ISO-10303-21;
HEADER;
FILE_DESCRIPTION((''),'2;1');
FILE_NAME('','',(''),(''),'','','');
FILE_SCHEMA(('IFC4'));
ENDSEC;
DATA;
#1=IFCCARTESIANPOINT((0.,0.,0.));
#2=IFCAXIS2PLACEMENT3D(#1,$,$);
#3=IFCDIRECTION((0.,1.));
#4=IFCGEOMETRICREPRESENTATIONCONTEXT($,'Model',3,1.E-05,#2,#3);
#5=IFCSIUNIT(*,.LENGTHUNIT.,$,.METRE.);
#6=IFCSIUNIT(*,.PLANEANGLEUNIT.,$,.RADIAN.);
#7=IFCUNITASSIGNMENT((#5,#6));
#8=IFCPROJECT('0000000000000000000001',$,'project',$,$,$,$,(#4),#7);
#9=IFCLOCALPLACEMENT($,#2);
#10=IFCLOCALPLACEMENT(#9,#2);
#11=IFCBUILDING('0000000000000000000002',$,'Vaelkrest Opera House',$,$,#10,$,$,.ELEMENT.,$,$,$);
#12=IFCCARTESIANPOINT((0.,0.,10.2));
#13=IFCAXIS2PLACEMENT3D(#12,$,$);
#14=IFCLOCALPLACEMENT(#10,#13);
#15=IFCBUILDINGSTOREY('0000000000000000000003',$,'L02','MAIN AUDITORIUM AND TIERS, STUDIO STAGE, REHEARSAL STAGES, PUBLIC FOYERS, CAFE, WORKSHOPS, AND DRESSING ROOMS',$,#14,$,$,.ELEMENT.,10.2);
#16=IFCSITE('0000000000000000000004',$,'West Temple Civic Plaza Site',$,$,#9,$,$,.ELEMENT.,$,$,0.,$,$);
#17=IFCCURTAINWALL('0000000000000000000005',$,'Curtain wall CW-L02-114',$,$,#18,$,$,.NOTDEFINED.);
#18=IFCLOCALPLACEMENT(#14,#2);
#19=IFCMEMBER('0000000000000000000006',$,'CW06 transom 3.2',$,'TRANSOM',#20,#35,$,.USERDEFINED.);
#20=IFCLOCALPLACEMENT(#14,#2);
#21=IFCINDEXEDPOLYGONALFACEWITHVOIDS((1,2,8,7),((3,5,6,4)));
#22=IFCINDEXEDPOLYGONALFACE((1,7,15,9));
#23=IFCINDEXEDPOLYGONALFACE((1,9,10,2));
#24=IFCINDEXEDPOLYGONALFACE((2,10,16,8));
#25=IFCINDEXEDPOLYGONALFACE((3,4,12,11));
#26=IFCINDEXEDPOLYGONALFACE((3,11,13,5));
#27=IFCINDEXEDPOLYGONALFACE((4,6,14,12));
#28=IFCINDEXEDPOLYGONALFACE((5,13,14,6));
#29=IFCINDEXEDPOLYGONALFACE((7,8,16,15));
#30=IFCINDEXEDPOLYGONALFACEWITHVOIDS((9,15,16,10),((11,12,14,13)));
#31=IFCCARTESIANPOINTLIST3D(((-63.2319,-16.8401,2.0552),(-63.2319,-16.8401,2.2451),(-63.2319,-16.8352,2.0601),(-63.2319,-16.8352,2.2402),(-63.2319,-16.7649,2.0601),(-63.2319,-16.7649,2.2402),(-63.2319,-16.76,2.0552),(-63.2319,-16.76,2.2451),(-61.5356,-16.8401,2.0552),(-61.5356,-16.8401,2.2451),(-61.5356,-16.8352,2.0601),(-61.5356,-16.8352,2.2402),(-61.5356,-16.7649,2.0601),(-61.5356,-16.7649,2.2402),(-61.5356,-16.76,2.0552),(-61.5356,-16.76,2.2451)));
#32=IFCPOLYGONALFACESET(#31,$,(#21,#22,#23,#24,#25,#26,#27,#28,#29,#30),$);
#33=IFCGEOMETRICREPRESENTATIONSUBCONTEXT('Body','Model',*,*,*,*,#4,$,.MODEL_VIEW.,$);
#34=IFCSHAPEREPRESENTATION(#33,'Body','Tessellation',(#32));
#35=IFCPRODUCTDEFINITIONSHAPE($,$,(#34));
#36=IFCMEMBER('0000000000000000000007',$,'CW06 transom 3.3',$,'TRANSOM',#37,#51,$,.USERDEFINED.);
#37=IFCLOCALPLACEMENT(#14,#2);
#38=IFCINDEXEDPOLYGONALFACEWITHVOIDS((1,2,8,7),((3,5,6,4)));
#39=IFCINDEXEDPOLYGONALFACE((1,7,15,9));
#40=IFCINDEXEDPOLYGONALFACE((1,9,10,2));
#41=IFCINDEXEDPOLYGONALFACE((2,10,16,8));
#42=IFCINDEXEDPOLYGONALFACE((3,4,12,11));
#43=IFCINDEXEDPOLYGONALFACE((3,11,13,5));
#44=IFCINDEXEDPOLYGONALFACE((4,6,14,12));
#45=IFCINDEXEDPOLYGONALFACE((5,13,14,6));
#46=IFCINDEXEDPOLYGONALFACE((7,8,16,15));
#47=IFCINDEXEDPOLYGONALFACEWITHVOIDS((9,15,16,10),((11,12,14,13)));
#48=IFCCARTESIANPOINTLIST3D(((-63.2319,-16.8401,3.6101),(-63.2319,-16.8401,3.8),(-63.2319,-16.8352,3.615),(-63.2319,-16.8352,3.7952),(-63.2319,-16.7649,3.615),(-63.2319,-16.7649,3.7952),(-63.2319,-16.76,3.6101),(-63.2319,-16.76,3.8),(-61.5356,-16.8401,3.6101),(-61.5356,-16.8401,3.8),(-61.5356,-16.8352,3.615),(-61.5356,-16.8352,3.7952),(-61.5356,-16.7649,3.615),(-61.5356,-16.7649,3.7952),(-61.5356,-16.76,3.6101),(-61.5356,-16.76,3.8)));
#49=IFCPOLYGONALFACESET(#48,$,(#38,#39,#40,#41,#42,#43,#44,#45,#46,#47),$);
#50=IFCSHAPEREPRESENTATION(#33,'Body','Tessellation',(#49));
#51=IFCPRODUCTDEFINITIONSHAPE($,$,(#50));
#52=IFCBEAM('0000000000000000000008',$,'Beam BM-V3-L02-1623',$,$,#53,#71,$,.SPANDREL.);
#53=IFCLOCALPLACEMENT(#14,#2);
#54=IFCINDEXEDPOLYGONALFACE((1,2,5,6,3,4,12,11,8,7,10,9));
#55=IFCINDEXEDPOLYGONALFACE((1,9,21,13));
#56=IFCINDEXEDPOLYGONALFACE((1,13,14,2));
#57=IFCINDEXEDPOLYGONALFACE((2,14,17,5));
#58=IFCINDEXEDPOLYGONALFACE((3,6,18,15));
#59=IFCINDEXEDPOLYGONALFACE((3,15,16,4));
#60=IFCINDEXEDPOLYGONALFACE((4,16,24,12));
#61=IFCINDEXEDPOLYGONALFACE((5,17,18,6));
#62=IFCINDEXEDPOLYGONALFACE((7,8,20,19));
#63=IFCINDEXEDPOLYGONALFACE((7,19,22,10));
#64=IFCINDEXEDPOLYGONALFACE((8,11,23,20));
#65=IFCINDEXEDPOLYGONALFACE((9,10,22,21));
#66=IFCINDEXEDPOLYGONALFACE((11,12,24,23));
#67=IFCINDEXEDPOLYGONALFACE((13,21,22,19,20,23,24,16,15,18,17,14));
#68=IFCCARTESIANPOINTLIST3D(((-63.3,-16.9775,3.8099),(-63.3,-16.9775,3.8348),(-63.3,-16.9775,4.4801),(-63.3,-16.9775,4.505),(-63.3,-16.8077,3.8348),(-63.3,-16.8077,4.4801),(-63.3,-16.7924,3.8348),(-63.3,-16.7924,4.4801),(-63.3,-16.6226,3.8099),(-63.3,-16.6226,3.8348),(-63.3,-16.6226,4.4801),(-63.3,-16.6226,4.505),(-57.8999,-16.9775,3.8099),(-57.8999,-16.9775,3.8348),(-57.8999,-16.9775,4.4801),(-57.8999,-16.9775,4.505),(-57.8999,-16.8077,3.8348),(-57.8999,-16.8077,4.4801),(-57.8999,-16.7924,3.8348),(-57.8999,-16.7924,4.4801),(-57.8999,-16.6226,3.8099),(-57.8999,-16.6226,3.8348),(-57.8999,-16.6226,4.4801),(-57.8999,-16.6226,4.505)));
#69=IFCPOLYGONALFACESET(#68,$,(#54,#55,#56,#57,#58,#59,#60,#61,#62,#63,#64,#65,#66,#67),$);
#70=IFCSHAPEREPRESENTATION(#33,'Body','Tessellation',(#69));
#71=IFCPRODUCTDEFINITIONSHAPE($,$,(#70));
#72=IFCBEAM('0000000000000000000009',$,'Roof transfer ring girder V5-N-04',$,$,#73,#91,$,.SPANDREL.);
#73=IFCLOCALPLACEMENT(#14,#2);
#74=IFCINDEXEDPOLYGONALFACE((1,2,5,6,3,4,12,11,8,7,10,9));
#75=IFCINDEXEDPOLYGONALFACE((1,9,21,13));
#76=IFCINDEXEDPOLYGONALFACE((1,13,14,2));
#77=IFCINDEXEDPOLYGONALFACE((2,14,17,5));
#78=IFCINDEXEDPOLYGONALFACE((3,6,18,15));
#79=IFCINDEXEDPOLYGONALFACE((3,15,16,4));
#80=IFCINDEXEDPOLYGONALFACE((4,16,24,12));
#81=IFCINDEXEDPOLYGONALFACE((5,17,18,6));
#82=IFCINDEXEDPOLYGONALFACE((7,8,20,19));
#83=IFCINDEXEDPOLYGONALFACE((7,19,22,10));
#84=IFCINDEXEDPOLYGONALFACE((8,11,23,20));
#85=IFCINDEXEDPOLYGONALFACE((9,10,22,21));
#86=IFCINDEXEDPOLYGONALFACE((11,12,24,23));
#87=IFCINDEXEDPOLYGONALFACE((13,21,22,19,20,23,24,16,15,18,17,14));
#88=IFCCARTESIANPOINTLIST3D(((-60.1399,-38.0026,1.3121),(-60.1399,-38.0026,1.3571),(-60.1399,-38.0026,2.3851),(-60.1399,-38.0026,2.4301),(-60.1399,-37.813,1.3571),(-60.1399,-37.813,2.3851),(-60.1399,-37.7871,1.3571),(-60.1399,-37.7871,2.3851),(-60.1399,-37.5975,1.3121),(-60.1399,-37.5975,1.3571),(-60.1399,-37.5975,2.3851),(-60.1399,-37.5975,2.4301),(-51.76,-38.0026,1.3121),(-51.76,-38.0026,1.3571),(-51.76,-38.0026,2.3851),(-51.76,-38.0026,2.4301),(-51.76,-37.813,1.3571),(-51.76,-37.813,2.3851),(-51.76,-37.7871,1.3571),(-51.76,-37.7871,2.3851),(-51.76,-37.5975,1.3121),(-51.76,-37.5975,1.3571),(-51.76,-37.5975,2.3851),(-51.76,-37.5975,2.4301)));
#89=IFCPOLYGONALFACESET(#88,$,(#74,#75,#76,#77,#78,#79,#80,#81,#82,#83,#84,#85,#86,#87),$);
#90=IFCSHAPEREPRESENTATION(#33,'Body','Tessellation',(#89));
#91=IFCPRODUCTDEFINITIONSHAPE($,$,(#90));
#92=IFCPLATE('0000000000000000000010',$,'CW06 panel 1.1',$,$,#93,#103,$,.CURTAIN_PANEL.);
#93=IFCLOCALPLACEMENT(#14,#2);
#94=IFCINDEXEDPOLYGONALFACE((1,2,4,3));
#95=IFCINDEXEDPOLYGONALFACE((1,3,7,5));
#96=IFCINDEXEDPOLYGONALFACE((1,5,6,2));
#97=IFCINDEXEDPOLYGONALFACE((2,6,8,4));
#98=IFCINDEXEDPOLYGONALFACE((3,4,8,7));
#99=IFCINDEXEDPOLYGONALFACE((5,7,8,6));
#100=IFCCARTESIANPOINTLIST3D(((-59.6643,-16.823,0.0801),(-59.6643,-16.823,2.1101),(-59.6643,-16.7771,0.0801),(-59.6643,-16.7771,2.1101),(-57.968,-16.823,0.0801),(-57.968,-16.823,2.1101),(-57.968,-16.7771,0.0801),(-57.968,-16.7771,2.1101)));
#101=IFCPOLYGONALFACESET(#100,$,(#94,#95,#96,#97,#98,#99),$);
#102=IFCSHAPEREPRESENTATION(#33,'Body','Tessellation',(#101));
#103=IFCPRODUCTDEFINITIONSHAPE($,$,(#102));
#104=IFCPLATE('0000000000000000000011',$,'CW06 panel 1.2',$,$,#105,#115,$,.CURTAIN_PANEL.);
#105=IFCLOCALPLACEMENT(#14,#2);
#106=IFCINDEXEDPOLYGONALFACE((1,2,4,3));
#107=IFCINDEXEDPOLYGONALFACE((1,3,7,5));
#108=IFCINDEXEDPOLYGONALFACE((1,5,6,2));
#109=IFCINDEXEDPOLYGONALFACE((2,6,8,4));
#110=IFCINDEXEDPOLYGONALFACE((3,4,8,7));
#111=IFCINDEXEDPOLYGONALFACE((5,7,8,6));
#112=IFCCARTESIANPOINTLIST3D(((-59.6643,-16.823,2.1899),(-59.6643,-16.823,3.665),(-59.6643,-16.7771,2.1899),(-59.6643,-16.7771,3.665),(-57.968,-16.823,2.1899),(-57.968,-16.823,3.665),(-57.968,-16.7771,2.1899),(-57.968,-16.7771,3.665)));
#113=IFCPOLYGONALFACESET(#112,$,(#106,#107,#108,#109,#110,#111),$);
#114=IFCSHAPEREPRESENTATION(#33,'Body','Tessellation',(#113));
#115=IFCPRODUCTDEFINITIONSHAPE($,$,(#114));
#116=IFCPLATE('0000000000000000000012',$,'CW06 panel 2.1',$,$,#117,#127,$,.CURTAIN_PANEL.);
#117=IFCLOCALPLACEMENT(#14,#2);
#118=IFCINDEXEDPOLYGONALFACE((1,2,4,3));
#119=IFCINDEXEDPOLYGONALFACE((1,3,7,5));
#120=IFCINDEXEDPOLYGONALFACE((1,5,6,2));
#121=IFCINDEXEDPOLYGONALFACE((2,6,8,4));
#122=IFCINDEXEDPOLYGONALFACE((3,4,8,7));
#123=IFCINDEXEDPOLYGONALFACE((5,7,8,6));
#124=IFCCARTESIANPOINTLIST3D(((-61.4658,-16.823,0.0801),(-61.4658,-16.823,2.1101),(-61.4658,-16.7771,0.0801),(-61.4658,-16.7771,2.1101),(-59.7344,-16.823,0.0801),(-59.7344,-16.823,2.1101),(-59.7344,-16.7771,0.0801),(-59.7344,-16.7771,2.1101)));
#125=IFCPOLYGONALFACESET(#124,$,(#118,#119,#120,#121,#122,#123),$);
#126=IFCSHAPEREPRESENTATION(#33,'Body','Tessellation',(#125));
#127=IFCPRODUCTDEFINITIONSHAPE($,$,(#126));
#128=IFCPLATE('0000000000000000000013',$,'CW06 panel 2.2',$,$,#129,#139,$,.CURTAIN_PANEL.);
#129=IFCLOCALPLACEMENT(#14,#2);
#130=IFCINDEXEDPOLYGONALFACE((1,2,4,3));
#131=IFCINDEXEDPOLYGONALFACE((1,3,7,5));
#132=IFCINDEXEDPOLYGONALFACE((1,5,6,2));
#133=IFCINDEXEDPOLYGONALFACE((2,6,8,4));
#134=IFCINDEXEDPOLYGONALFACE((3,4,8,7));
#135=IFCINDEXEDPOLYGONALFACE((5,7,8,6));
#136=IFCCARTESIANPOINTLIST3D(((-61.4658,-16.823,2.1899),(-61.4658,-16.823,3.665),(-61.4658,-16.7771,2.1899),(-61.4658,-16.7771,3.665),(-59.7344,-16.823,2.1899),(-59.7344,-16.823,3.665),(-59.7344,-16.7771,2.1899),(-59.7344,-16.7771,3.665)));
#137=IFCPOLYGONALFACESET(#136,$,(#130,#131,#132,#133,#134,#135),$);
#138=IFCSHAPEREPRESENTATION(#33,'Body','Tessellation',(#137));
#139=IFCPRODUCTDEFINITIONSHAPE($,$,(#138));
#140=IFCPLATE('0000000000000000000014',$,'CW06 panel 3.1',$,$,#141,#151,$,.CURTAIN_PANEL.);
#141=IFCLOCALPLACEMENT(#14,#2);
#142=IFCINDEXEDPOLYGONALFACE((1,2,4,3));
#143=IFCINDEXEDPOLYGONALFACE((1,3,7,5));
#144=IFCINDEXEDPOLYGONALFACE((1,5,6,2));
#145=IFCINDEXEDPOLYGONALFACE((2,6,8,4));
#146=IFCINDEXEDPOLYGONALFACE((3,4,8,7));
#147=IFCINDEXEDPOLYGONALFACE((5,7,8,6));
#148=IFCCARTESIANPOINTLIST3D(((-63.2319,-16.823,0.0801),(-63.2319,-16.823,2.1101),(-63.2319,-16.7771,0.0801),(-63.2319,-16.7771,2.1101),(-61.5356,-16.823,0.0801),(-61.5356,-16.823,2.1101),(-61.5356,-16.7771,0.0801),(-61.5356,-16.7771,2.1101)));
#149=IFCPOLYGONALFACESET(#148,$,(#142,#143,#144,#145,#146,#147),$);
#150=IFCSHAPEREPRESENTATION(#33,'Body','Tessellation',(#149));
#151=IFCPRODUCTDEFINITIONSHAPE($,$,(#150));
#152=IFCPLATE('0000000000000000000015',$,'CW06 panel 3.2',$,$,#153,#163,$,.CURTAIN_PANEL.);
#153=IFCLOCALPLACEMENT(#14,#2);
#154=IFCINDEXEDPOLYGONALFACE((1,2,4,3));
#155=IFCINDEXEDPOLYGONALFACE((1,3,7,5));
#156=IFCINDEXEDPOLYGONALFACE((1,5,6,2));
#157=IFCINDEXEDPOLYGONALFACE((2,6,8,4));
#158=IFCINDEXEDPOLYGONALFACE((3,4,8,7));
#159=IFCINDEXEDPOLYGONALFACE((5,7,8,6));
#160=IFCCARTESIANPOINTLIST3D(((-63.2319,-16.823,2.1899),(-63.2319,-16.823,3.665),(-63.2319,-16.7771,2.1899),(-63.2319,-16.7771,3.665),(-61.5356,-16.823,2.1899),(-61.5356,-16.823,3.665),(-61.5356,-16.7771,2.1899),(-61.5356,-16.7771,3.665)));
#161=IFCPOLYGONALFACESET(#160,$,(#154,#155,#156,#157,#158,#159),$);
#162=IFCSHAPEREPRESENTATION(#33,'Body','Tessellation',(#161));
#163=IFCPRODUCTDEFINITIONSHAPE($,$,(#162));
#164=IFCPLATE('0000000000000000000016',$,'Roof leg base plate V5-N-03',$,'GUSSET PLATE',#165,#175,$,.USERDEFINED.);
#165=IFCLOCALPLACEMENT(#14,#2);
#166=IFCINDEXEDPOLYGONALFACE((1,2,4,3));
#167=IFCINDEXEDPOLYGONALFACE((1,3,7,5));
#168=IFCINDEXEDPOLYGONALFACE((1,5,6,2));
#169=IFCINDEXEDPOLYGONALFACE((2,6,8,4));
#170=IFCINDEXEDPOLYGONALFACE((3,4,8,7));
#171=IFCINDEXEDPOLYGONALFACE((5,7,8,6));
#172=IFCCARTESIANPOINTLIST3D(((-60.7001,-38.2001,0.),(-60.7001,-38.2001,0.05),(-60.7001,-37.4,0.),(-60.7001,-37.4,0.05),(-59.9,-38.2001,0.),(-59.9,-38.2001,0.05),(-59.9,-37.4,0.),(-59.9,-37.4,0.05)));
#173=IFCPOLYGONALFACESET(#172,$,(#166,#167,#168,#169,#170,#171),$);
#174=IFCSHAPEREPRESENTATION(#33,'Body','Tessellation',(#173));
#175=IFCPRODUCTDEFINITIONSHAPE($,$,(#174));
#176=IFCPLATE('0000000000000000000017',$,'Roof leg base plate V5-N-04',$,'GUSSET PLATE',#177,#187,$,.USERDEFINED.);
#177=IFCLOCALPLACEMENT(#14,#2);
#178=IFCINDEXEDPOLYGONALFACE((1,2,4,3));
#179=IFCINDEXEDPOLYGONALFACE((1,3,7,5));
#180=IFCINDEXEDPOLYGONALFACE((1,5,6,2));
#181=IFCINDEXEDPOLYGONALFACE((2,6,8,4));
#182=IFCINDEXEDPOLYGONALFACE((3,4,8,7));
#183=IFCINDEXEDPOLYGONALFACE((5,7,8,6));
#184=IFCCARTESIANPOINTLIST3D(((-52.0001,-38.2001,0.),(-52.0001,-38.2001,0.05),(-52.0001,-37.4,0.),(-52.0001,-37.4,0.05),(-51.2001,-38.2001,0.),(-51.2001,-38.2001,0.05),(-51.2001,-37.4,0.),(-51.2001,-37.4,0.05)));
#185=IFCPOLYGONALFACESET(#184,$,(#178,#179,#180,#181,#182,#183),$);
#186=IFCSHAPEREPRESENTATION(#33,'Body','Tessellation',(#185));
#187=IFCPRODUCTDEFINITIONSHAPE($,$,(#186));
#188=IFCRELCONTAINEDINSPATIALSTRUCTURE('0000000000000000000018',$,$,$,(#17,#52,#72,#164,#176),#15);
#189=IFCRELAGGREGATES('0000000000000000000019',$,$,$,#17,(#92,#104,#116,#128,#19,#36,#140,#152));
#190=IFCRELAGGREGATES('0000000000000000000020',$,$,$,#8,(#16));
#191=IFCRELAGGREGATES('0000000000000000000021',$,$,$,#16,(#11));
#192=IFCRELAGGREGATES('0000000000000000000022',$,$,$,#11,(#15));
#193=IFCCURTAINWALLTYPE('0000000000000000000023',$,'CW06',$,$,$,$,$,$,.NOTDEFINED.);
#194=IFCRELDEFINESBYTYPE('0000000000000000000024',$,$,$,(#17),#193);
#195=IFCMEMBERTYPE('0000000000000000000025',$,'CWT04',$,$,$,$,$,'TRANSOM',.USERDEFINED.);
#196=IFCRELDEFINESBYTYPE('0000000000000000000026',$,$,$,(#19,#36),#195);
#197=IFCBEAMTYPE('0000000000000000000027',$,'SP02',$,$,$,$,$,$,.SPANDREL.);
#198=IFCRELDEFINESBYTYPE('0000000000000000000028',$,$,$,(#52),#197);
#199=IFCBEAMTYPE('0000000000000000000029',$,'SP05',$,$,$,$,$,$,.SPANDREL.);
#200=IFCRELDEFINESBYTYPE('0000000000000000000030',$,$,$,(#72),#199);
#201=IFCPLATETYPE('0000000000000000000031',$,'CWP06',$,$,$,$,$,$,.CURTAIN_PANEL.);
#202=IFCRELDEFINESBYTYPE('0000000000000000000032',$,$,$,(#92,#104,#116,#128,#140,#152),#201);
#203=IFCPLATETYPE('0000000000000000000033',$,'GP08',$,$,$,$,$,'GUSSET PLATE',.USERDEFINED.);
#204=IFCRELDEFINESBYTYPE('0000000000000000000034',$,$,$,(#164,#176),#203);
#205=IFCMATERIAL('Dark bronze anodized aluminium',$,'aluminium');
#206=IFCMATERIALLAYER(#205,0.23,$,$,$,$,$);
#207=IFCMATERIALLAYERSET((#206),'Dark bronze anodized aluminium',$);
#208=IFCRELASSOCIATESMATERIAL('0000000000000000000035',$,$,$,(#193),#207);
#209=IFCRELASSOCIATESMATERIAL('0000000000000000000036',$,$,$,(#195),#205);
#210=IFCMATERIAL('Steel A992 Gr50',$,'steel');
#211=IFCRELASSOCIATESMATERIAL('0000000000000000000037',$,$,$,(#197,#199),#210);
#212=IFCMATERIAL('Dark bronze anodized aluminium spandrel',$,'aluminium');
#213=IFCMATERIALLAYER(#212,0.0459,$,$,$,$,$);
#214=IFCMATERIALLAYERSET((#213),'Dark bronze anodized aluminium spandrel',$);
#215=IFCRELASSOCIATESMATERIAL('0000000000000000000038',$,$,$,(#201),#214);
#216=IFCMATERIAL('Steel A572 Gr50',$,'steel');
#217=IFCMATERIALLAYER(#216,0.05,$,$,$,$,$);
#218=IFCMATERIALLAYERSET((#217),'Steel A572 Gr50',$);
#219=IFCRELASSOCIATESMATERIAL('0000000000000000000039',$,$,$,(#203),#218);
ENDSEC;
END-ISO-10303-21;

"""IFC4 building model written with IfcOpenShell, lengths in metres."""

from ifc_helpers import new_model, si_unit, direction, frame, origin, origin_2d, place, context, subcontext, project, spatial, rectangle, hollow_rectangle, i_section, extrude, material, layer, layer_set, material_profile, profile_set, type_object, element, aggregate, save


model = new_model("IFC4")

# Units and contexts
model_context = context("Model", 3, precision=1e-05, world=origin(), true_north=direction((0.0, 1.0)))
body_context = subcontext(model_context, "Body", "Model", "MODEL_VIEW")
ifc_project = project(units=[si_unit("LENGTHUNIT", "METRE"), si_unit("PLANEANGLEUNIT", "RADIAN")], contexts=[model_context])

# Site, building, storey
site_placement = place(None, origin())
site = spatial("IfcSite", under=ifc_project, at=site_placement, Name="West Temple Civic Plaza Site", CompositionType="ELEMENT", RefElevation=0.0)
building_placement = place(site_placement, origin())
building = spatial("IfcBuilding", under=site, at=building_placement, Name="Vaelkrest Opera House", CompositionType="ELEMENT")
storey_placement = place(building_placement, frame((0.0, 0.0, 10.2)))
storey = spatial("IfcBuildingStorey", under=building, at=storey_placement, Name="L02", Description="MAIN AUDITORIUM AND TIERS, STUDIO STAGE, REHEARSAL STAGES, PUBLIC FOYERS, CAFE, WORKSHOPS, AND DRESSING ROOMS", CompositionType="ELEMENT", Elevation=10.2)

# Curtain wall, members
ifc_material_1 = material(Name="Dark bronze anodized aluminium", Category="aluminium")
ifc_layer_1 = layer(ifc_material_1, 0.23)
ifc_layer_set_1 = layer_set([ifc_layer_1], Name="Dark bronze anodized aluminium")
curtain_wall_type = type_object("IfcCurtainWallType", Name="CW06", PredefinedType="NOTDEFINED", material=ifc_layer_set_1)
curtain_wall_placement = place(storey_placement, origin())
curtain_wall = element("IfcCurtainWall", 1, at=curtain_wall_placement, inside=storey, type_object=curtain_wall_type, Name="Curtain wall CW-L02-114", PredefinedType="NOTDEFINED")
ifc_material_profile_1 = material_profile(ifc_material_1, hollow_rectangle(XDim=0.0801, YDim=0.1899, WallThickness=0.0049, at=origin_2d()), Name="CWT80X190")
ifc_profile_set_1 = profile_set([ifc_material_profile_1], Name="Dark bronze anodized aluminium")
member_type_1 = type_object("IfcMemberType", Name="CWT04", ElementType="TRANSOM", PredefinedType="USERDEFINED", material=ifc_profile_set_1)
member_1_placement = place(storey_placement, frame((-61.5356, -16.8, 2.1501), z_axis=(-1.0, 0.0, 0.0), x_axis=(0.0, -1.0, 0.0)))
member_1 = element("IfcMember", 2, at=member_1_placement, type_object=member_type_1, Name="CW06 transom 3.2", ObjectType="TRANSOM", PredefinedType="USERDEFINED", context=body_context, shape_type="SweptSolid", body=[
    extrude(hollow_rectangle(XDim=0.0801, YDim=0.1899, WallThickness=0.0049, at=origin_2d()), origin(), (0.0, 0.0, 1.0), 1.6963),
])
member_2_placement = place(storey_placement, frame((-61.5356, -16.8, 3.7051), z_axis=(-1.0, 0.0, 0.0), x_axis=(0.0, -1.0, 0.0)))
member_2 = element("IfcMember", 3, at=member_2_placement, type_object=member_type_1, Name="CW06 transom 3.3", ObjectType="TRANSOM", PredefinedType="USERDEFINED", context=body_context, shape_type="SweptSolid", body=[
    extrude(hollow_rectangle(XDim=0.0801, YDim=0.1899, WallThickness=0.0049, at=origin_2d()), origin(), (0.0, 0.0, 1.0), 1.6963),
])

# Beams
ifc_material_2 = material(Name="Steel A992 Gr50", Category="steel")
ifc_material_profile_2 = material_profile(ifc_material_2, i_section(OverallWidth=0.355, OverallDepth=0.6951, WebThickness=0.0154, FlangeThickness=0.0249, at=origin_2d()), Name="W27X146")
ifc_profile_set_2 = profile_set([ifc_material_profile_2], Name="Steel A992 Gr50")
beam_type_1 = type_object("IfcBeamType", Name="SP02", PredefinedType="SPANDREL", material=ifc_profile_set_2)
beam_1_placement = place(storey_placement, frame((-63.3, -16.8, 4.1575), z_axis=(1.0, 0.0, 0.0), x_axis=(0.0, 1.0, 0.0)))
element("IfcBeam", 4, at=beam_1_placement, inside=storey, type_object=beam_type_1, Name="Beam BM-V3-L02-1623", PredefinedType="SPANDREL", context=body_context, shape_type="SweptSolid", body=[
    extrude(i_section(OverallWidth=0.355, OverallDepth=0.6951, WebThickness=0.0154, FlangeThickness=0.0249, at=origin_2d()), origin(), (0.0, 0.0, 1.0), 5.4001),
])
ifc_material_profile_3 = material_profile(ifc_material_2, i_section(OverallWidth=0.405, OverallDepth=1.1179, WebThickness=0.0259, FlangeThickness=0.0449, at=origin_2d()), Name="W44X335")
ifc_profile_set_3 = profile_set([ifc_material_profile_3], Name="Steel A992 Gr50")
beam_type_2 = type_object("IfcBeamType", Name="SP05", PredefinedType="SPANDREL", material=ifc_profile_set_3)
beam_2_placement = place(storey_placement, frame((-60.1399, -37.8, 1.8711), z_axis=(1.0, 0.0, 0.0), x_axis=(0.0, 1.0, 0.0)))
element("IfcBeam", 5, at=beam_2_placement, inside=storey, type_object=beam_type_2, Name="Roof transfer ring girder V5-N-04", PredefinedType="SPANDREL", context=body_context, shape_type="SweptSolid", body=[
    extrude(i_section(OverallWidth=0.405, OverallDepth=1.1179, WebThickness=0.0259, FlangeThickness=0.0449, at=origin_2d()), origin(), (0.0, 0.0, 1.0), 8.3799),
])

# Plates
ifc_material_3 = material(Name="Dark bronze anodized aluminium spandrel", Category="aluminium")
ifc_layer_2 = layer(ifc_material_3, 0.0459)
ifc_layer_set_2 = layer_set([ifc_layer_2], Name="Dark bronze anodized aluminium spandrel")
plate_type_1 = type_object("IfcPlateType", Name="CWP06", PredefinedType="CURTAIN_PANEL", material=ifc_layer_set_2)
plate_1_placement = place(storey_placement, frame((-58.8162, -16.8, 0.0801), z_axis=(0.0, 0.0, 1.0), x_axis=(-1.0, 0.0, 0.0)))
plate_1 = element("IfcPlate", 6, at=plate_1_placement, type_object=plate_type_1, Name="CW06 panel 1.1", PredefinedType="CURTAIN_PANEL", context=body_context, shape_type="SweptSolid", body=[
    extrude(rectangle(XDim=1.6963, YDim=0.0459, at=origin_2d()), origin(), (0.0, 0.0, 1.0), 2.03),
])
plate_2_placement = place(storey_placement, frame((-58.8162, -16.8, 2.1899), z_axis=(0.0, 0.0, 1.0), x_axis=(-1.0, 0.0, 0.0)))
plate_2 = element("IfcPlate", 7, at=plate_2_placement, type_object=plate_type_1, Name="CW06 panel 1.2", PredefinedType="CURTAIN_PANEL", context=body_context, shape_type="SweptSolid", body=[
    extrude(rectangle(XDim=1.6963, YDim=0.0459, at=origin_2d()), origin(), (0.0, 0.0, 1.0), 1.4751),
])
plate_3_placement = place(storey_placement, frame((-60.6001, -16.8, 0.0801), z_axis=(0.0, 0.0, 1.0), x_axis=(-1.0, 0.0, 0.0)))
plate_3 = element("IfcPlate", 8, at=plate_3_placement, type_object=plate_type_1, Name="CW06 panel 2.1", PredefinedType="CURTAIN_PANEL", context=body_context, shape_type="SweptSolid", body=[
    extrude(rectangle(XDim=1.7314, YDim=0.0459, at=origin_2d()), origin(), (0.0, 0.0, 1.0), 2.03),
])
plate_4_placement = place(storey_placement, frame((-60.6001, -16.8, 2.1899), z_axis=(0.0, 0.0, 1.0), x_axis=(-1.0, 0.0, 0.0)))
plate_4 = element("IfcPlate", 9, at=plate_4_placement, type_object=plate_type_1, Name="CW06 panel 2.2", PredefinedType="CURTAIN_PANEL", context=body_context, shape_type="SweptSolid", body=[
    extrude(rectangle(XDim=1.7314, YDim=0.0459, at=origin_2d()), origin(), (0.0, 0.0, 1.0), 1.4751),
])
plate_5_placement = place(storey_placement, frame((-62.3838, -16.8, 0.0801), z_axis=(0.0, 0.0, 1.0), x_axis=(-1.0, 0.0, 0.0)))
plate_5 = element("IfcPlate", 10, at=plate_5_placement, type_object=plate_type_1, Name="CW06 panel 3.1", PredefinedType="CURTAIN_PANEL", context=body_context, shape_type="SweptSolid", body=[
    extrude(rectangle(XDim=1.6963, YDim=0.0459, at=origin_2d()), origin(), (0.0, 0.0, 1.0), 2.03),
])
plate_6_placement = place(storey_placement, frame((-62.3838, -16.8, 2.1899), z_axis=(0.0, 0.0, 1.0), x_axis=(-1.0, 0.0, 0.0)))
plate_6 = element("IfcPlate", 11, at=plate_6_placement, type_object=plate_type_1, Name="CW06 panel 3.2", PredefinedType="CURTAIN_PANEL", context=body_context, shape_type="SweptSolid", body=[
    extrude(rectangle(XDim=1.6963, YDim=0.0459, at=origin_2d()), origin(), (0.0, 0.0, 1.0), 1.4751),
])
aggregate(curtain_wall, [plate_1, plate_2, plate_3, plate_4, member_1, member_2, plate_5, plate_6])

# Plates
ifc_material_4 = material(Name="Steel A572 Gr50", Category="steel")
ifc_layer_3 = layer(ifc_material_4, 0.05)
ifc_layer_set_3 = layer_set([ifc_layer_3], Name="Steel A572 Gr50")
plate_type_2 = type_object("IfcPlateType", Name="GP08", ElementType="GUSSET PLATE", PredefinedType="USERDEFINED", material=ifc_layer_set_3)
for number, where, z_axis, x_axis, name in (
    (12, (-60.3, -37.8, 0.0), (0.0, 0.0, 1.0), (1.0, 0.0, 0.0), "Roof leg base plate V5-N-03"),
    (13, (-51.6001, -37.8, 0.0), (0.0, 0.0, 1.0), (1.0, 0.0, 0.0), "Roof leg base plate V5-N-04"),
):
    element("IfcPlate", number, at=place(storey_placement, frame(where, z_axis=z_axis, x_axis=x_axis)), inside=storey, type_object=plate_type_2, Name=name, ObjectType="GUSSET PLATE", PredefinedType="USERDEFINED", context=body_context, shape_type="SweptSolid", body=[
        extrude(rectangle(XDim=0.8, YDim=0.8, at=origin_2d()), origin(), (0.0, 0.0, 1.0), 0.05),
    ])

save(model, "model.ifc")
